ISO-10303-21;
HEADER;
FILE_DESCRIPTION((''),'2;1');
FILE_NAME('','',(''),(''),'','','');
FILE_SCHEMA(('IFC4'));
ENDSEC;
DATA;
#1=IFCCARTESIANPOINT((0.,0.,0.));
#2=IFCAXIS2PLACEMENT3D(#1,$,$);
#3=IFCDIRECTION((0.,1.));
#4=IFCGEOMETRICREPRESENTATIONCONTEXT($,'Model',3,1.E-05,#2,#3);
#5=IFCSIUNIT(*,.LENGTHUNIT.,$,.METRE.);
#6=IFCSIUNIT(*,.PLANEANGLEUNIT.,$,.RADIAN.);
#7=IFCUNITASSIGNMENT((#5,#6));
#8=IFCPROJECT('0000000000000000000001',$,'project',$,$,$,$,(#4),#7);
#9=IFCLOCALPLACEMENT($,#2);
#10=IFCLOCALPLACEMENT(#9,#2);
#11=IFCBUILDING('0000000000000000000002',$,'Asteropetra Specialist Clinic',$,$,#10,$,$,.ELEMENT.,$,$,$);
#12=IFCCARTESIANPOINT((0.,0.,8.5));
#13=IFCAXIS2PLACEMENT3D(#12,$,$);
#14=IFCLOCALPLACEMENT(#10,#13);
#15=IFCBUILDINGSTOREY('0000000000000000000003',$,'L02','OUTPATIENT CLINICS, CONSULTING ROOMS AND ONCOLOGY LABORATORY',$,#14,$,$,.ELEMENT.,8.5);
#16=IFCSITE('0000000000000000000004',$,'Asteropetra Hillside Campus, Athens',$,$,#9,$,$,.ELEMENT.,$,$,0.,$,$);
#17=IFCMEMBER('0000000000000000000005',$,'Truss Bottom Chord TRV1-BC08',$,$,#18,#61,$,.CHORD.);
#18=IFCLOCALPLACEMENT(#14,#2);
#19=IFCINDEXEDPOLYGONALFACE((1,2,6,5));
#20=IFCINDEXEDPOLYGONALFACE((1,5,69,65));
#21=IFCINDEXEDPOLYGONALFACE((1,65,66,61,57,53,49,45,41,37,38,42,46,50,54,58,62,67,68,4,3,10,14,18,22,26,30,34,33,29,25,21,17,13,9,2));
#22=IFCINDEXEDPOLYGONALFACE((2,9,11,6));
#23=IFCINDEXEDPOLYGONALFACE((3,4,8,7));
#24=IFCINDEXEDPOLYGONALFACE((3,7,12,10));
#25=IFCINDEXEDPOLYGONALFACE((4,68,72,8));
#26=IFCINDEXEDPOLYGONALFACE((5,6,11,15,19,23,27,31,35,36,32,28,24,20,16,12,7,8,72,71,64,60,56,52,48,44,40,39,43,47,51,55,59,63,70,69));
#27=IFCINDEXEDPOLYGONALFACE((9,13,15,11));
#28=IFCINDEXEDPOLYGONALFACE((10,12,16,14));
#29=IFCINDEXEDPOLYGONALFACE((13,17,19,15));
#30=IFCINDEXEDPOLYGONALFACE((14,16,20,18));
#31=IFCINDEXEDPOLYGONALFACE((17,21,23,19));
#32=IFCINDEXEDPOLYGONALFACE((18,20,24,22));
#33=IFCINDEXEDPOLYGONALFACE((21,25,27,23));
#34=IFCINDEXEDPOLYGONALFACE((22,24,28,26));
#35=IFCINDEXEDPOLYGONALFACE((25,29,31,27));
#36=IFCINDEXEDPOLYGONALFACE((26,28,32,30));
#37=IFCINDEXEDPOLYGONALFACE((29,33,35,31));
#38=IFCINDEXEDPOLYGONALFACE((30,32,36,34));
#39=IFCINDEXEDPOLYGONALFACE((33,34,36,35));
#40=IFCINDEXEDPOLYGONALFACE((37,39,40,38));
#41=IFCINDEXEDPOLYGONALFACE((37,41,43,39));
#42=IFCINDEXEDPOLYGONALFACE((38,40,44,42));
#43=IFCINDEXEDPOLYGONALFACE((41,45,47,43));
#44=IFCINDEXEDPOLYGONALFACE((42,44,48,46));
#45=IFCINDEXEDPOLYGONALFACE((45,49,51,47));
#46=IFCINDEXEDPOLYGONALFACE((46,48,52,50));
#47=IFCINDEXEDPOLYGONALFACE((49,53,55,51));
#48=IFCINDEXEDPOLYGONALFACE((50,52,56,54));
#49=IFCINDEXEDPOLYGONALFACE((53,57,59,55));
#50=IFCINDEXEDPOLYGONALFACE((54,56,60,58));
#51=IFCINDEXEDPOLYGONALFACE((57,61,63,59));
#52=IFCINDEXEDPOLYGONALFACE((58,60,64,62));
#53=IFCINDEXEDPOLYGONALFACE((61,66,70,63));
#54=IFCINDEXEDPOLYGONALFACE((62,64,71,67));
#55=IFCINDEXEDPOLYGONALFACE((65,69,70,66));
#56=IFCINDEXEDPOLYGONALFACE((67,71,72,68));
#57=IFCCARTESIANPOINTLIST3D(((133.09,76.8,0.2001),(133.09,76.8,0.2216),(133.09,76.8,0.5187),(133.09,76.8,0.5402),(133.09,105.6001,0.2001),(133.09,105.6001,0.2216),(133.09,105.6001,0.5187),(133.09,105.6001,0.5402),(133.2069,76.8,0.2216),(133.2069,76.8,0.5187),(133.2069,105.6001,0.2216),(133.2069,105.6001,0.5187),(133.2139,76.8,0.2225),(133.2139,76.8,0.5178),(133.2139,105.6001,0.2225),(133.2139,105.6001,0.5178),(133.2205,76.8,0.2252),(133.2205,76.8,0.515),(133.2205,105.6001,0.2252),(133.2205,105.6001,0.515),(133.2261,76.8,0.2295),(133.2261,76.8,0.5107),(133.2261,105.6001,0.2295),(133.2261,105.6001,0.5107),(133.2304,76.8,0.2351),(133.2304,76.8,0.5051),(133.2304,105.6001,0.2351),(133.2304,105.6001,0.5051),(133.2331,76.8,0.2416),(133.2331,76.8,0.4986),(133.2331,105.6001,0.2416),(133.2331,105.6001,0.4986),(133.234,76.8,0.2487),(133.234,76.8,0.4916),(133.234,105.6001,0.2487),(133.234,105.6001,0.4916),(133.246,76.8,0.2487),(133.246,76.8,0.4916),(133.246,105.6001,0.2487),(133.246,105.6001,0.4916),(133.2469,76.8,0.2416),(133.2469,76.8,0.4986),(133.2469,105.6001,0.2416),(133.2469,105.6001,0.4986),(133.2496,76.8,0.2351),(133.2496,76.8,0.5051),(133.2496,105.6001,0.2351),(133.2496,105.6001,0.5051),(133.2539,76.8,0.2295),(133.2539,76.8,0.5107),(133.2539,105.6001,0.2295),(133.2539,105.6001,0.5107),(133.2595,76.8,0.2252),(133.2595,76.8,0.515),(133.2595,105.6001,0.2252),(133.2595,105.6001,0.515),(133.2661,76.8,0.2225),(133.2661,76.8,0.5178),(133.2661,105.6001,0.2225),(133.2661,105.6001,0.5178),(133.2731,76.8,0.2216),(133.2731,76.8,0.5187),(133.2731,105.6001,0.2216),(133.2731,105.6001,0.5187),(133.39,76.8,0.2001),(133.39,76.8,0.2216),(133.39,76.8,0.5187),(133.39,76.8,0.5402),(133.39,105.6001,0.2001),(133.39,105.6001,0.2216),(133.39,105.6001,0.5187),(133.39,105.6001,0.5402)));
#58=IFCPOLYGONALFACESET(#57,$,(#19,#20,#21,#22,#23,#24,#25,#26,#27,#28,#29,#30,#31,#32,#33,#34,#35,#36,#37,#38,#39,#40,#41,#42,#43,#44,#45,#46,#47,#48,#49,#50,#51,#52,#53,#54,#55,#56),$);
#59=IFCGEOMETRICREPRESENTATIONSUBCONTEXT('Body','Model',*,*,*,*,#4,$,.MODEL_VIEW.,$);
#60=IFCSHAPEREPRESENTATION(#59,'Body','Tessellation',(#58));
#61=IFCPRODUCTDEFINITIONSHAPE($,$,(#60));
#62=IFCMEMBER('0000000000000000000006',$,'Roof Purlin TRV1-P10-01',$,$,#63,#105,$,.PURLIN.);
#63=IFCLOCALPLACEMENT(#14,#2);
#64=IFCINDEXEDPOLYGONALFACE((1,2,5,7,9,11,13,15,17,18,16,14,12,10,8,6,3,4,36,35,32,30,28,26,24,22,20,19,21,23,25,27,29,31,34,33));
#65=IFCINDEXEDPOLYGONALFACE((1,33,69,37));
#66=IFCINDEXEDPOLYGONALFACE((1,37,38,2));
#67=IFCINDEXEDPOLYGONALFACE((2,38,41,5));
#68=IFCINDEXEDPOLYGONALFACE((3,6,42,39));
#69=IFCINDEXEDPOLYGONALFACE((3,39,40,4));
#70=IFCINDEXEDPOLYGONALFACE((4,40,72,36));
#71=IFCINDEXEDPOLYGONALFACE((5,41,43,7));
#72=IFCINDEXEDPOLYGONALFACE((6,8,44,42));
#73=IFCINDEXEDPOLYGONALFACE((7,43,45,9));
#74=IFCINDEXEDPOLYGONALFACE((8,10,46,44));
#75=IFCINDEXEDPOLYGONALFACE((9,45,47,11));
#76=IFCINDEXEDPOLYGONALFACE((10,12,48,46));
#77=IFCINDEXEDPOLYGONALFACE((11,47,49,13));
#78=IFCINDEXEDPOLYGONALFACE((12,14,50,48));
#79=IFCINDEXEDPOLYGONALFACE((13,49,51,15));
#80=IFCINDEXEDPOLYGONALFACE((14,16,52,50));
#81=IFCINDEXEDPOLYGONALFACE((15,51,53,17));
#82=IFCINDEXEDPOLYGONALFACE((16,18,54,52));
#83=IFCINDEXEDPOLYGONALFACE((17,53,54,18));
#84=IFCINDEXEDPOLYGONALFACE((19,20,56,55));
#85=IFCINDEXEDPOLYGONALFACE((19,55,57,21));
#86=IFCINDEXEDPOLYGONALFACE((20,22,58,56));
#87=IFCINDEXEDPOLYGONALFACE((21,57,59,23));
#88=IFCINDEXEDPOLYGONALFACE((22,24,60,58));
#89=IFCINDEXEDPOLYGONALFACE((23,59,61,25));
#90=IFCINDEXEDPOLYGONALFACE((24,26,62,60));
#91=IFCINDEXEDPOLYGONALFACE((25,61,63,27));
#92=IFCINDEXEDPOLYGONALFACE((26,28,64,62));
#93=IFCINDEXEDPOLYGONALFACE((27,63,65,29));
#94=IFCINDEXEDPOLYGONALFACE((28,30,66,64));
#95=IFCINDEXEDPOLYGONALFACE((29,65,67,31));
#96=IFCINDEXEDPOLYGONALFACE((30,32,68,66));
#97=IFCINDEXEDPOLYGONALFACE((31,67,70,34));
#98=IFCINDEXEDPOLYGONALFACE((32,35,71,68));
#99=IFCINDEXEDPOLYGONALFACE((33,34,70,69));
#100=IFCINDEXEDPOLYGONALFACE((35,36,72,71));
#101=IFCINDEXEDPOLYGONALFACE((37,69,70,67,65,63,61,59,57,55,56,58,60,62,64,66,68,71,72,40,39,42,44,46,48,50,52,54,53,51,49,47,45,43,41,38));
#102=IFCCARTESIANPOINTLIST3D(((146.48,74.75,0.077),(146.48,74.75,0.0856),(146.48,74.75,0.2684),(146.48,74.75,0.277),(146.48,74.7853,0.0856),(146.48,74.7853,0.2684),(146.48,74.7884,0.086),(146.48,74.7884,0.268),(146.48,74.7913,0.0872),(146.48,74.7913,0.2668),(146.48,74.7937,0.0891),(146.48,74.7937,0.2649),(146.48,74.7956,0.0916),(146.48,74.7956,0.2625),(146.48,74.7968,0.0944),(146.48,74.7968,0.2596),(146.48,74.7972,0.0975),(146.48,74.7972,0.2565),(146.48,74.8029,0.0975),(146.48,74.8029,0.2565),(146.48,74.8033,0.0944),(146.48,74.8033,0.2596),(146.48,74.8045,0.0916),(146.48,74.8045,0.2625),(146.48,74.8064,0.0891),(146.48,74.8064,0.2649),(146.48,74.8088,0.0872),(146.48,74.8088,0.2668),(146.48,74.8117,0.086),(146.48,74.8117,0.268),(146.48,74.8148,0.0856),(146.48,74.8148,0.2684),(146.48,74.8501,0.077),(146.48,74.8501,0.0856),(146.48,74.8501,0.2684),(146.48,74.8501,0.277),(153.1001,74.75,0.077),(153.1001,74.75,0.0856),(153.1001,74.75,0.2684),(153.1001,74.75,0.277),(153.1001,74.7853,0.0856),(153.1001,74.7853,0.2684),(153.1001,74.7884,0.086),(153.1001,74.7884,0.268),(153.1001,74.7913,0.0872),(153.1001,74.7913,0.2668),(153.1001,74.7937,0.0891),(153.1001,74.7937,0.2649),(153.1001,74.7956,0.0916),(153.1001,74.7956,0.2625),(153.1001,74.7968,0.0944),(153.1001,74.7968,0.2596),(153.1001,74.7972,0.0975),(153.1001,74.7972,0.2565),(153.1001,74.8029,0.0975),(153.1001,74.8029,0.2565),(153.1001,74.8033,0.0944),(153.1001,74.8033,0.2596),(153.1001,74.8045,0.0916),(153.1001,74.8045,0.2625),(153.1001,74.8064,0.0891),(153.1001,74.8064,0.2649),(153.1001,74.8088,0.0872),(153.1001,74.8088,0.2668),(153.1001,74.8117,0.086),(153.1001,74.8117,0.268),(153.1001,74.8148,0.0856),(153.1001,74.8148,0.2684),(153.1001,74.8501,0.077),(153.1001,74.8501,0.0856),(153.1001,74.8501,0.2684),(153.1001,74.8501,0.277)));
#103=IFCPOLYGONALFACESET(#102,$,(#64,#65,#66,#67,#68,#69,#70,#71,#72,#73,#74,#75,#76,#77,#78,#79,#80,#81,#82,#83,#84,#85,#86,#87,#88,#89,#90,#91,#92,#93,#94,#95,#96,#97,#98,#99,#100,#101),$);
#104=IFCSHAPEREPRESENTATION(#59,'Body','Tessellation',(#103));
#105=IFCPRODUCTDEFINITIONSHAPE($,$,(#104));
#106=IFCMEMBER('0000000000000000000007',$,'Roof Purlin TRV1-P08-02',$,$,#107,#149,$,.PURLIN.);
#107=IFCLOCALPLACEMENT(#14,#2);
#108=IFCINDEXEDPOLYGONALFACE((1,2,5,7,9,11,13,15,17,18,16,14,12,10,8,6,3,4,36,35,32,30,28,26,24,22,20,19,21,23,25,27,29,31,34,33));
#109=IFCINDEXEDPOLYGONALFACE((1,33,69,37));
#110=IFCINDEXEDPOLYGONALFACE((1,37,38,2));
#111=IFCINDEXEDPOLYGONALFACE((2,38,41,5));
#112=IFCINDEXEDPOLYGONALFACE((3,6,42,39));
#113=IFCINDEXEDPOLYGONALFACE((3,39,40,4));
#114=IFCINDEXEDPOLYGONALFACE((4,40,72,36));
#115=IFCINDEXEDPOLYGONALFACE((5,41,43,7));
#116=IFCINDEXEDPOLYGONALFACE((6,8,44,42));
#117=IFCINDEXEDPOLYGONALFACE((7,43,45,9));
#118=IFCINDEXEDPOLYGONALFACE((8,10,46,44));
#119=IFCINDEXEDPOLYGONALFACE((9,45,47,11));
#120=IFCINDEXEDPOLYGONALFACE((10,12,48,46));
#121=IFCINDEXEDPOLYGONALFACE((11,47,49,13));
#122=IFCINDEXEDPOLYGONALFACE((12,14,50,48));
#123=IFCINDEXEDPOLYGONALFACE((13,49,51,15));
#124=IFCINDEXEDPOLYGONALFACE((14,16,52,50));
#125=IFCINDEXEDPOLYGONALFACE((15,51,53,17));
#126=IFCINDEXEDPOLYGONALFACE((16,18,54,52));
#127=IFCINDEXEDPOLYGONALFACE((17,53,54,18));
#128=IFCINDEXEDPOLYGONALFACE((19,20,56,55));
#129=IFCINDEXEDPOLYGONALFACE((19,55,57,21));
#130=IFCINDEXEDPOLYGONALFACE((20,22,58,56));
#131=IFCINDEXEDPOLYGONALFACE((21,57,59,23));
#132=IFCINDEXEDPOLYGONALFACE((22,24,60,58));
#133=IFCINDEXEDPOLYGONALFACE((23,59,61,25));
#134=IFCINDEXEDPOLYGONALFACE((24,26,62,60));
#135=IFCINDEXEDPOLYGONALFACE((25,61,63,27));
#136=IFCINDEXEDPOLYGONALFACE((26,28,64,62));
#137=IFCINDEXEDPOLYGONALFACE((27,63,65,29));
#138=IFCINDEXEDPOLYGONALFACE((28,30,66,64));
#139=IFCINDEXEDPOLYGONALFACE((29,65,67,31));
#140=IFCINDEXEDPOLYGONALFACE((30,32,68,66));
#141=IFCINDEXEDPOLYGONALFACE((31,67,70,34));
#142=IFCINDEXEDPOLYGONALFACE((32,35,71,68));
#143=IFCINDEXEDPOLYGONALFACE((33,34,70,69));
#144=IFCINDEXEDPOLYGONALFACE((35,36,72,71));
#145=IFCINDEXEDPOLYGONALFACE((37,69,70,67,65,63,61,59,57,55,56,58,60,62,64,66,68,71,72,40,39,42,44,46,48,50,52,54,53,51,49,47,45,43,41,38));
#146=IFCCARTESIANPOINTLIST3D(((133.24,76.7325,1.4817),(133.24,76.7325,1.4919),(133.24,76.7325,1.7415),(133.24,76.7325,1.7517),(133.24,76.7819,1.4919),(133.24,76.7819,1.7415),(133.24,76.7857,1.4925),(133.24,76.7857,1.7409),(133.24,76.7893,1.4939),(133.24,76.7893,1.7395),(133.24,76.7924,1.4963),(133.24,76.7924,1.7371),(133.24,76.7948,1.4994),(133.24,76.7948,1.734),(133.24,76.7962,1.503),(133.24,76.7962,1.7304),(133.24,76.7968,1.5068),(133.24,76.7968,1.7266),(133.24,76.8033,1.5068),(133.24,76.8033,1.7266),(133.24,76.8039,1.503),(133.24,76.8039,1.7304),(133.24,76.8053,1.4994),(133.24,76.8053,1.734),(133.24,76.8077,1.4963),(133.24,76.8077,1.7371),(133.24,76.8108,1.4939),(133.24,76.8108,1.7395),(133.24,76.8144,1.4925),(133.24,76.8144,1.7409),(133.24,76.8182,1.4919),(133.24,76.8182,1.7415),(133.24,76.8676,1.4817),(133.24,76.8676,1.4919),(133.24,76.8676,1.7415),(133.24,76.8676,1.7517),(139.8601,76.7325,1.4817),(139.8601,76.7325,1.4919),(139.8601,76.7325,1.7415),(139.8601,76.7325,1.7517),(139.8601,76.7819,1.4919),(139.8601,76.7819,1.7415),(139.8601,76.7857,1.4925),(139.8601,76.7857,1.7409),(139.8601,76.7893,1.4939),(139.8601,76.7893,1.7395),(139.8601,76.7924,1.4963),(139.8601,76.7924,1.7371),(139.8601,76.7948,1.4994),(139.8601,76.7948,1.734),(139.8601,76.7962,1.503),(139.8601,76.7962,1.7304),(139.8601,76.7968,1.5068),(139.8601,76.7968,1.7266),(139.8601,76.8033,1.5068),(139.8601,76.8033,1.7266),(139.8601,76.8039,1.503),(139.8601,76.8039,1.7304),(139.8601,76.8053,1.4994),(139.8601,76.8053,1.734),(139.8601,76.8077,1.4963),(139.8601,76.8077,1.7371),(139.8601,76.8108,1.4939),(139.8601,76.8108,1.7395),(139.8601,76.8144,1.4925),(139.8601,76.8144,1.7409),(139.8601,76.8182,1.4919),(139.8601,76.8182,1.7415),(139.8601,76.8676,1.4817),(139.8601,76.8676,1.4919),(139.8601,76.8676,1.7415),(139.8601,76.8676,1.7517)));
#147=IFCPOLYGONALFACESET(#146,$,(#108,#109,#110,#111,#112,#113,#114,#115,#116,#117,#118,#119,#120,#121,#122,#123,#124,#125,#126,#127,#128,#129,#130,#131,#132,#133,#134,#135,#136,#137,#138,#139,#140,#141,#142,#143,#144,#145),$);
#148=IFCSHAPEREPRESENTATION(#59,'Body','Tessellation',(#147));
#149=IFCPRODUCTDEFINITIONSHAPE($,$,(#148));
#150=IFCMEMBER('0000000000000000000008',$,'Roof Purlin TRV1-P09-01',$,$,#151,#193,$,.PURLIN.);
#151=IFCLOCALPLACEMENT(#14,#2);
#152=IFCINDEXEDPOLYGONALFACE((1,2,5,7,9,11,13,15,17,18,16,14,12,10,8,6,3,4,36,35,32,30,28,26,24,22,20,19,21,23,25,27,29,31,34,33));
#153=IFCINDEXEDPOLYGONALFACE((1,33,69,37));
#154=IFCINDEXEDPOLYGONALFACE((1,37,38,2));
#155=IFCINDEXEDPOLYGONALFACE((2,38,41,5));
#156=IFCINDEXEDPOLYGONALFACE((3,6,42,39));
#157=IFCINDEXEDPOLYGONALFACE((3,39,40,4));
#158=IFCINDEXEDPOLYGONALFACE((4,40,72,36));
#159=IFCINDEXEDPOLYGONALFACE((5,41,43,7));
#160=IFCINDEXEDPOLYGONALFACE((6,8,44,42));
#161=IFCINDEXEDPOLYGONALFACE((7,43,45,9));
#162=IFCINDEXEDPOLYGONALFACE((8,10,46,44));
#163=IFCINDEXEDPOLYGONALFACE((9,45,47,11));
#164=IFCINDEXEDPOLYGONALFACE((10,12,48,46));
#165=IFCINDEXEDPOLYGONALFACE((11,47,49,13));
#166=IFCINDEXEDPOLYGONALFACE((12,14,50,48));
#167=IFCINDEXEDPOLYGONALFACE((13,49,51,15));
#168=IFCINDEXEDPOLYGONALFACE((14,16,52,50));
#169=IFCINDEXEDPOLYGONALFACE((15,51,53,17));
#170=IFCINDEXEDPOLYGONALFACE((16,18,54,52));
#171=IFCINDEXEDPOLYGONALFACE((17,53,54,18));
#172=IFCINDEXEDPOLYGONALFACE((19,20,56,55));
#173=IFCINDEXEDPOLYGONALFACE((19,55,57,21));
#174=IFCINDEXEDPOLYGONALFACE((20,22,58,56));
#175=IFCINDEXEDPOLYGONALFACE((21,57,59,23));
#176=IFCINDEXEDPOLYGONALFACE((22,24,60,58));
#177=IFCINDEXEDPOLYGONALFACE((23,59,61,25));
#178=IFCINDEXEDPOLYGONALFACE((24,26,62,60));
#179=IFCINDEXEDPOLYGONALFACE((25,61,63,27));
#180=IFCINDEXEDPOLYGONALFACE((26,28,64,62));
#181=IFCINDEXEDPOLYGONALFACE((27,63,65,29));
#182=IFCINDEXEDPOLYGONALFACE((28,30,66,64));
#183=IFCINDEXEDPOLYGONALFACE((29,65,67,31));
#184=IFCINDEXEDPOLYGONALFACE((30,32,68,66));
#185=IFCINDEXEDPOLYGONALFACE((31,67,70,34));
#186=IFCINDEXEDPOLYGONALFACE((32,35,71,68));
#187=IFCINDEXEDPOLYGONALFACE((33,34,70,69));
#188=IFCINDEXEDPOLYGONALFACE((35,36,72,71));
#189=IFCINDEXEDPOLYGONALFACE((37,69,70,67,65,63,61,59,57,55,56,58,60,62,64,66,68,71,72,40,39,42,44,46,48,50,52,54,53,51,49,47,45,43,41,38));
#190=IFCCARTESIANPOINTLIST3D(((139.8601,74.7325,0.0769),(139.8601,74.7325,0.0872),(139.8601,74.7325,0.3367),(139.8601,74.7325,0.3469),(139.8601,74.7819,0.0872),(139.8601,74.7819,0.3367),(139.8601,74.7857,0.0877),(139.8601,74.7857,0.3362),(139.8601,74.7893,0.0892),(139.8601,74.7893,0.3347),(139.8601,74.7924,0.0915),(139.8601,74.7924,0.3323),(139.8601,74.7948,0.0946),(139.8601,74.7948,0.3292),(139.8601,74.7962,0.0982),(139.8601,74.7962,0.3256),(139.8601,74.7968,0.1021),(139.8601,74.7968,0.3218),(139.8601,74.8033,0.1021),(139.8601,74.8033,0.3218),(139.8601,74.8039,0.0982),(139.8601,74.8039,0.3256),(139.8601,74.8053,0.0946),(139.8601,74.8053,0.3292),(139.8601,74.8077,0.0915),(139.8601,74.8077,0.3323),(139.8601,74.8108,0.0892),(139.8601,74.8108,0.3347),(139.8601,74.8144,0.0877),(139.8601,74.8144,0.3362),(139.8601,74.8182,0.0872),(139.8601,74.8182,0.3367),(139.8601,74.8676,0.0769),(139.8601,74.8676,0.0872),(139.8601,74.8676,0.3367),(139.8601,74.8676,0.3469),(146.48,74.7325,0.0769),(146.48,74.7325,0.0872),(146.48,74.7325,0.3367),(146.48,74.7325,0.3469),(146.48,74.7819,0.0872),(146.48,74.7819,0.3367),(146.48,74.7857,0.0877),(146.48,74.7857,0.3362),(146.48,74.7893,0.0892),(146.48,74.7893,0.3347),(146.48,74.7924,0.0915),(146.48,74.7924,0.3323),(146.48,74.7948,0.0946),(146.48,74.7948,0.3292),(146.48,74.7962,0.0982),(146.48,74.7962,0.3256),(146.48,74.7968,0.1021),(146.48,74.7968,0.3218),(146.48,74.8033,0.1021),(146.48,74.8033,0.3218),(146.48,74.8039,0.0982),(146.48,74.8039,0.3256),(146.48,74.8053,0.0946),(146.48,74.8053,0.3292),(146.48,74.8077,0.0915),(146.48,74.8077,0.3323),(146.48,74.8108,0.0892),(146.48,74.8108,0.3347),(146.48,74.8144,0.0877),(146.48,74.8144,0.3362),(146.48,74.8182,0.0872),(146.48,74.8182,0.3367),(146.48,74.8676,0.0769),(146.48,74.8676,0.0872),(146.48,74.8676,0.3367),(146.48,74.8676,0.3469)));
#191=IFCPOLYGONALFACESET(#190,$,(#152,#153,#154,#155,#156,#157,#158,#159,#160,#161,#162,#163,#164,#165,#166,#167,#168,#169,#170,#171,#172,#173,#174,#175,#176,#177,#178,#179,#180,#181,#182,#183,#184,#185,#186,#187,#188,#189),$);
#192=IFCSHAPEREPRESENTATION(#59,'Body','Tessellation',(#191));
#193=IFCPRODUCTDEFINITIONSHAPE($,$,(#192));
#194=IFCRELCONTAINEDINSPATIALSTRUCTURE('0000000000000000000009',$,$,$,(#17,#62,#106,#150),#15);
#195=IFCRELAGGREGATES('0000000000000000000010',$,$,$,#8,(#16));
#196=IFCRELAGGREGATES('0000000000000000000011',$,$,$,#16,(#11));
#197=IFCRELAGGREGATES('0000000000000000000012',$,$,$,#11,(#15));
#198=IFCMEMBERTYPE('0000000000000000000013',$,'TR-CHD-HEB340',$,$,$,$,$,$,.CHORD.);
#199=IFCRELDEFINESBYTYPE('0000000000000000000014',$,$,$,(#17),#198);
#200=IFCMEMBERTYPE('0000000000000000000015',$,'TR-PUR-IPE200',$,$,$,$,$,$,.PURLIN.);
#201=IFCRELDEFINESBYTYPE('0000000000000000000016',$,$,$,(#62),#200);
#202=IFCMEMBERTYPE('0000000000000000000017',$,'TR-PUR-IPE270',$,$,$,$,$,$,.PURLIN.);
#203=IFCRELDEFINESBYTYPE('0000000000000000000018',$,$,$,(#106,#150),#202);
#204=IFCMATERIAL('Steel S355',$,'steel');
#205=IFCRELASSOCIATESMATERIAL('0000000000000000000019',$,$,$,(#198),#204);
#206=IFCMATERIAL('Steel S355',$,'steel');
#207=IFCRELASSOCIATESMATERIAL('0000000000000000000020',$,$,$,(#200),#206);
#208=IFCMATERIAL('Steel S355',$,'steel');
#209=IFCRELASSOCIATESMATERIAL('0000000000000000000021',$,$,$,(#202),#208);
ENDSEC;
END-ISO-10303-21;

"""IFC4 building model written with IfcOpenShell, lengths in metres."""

from ifc_helpers import new_model, si_unit, direction, frame, origin, origin_2d, place, context, subcontext, project, spatial, i_section, extrude, material, material_profile, profile_set, type_object, element, save


model = new_model("IFC4")

# Units and contexts
model_context = context("Model", 3, precision=1e-05, world=origin(), true_north=direction((0.0, 1.0)))
body_context = subcontext(model_context, "Body", "Model", "MODEL_VIEW")
ifc_project = project(units=[si_unit("LENGTHUNIT", "METRE"), si_unit("PLANEANGLEUNIT", "RADIAN")], contexts=[model_context])

# Site, building, storey
site_placement = place(None, origin())
site = spatial("IfcSite", under=ifc_project, at=site_placement, Name="Asteropetra Hillside Campus, Athens", CompositionType="ELEMENT", RefElevation=0.0)
building_placement = place(site_placement, origin())
building = spatial("IfcBuilding", under=site, at=building_placement, Name="Asteropetra Specialist Clinic", CompositionType="ELEMENT")
storey_placement = place(building_placement, frame((0.0, 0.0, 8.5)))
storey = spatial("IfcBuildingStorey", under=building, at=storey_placement, Name="L02", Description="OUTPATIENT CLINICS, CONSULTING ROOMS AND ONCOLOGY LABORATORY", CompositionType="ELEMENT", Elevation=8.5)

# Members
ifc_material_1 = material(Name="Steel S355", Category="steel")
ifc_material_profile_1 = material_profile(ifc_material_1, i_section(OverallWidth=0.3, OverallDepth=0.3401, WebThickness=0.012, FlangeThickness=0.0215, FilletRadius=0.0271, at=origin_2d()), Name="HEB 340")
ifc_profile_set_1 = profile_set([ifc_material_profile_1], Name="Steel S355")
member_type_1 = type_object("IfcMemberType", Name="TR-CHD-HEB340", PredefinedType="CHORD", material=ifc_profile_set_1)
member_1_placement = place(storey_placement, frame((133.24, 76.8, 0.3701), z_axis=(0.0, 1.0, 0.0), x_axis=(-1.0, 0.0, 0.0)))
element("IfcMember", 1, at=member_1_placement, inside=storey, type_object=member_type_1, Name="Truss Bottom Chord TRV1-BC08", PredefinedType="CHORD", context=body_context, shape_type="SweptSolid", body=[
    extrude(i_section(OverallWidth=0.3, OverallDepth=0.3401, WebThickness=0.012, FlangeThickness=0.0215, FilletRadius=0.0271, at=origin_2d()), origin(), (0.0, 0.0, 1.0), 28.8),
])
ifc_material_2 = material(Name="Steel S355", Category="steel")
ifc_material_profile_2 = material_profile(ifc_material_2, i_section(OverallWidth=0.1001, OverallDepth=0.2, WebThickness=0.0056, FlangeThickness=0.0085, FilletRadius=0.012, at=origin_2d()), Name="IPE 200")
ifc_profile_set_2 = profile_set([ifc_material_profile_2], Name="Steel S355")
member_type_2 = type_object("IfcMemberType", Name="TR-PUR-IPE200", PredefinedType="PURLIN", material=ifc_profile_set_2)
member_2_placement = place(storey_placement, frame((146.48, 74.8, 0.177), z_axis=(1.0, 0.0, 0.0), x_axis=(0.0, 1.0, 0.0)))
element("IfcMember", 2, at=member_2_placement, inside=storey, type_object=member_type_2, Name="Roof Purlin TRV1-P10-01", PredefinedType="PURLIN", context=body_context, shape_type="SweptSolid", body=[
    extrude(i_section(OverallWidth=0.1001, OverallDepth=0.2, WebThickness=0.0056, FlangeThickness=0.0085, FilletRadius=0.012, at=origin_2d()), origin(), (0.0, 0.0, 1.0), 6.6201),
])
ifc_material_3 = material(Name="Steel S355", Category="steel")
ifc_material_profile_3 = material_profile(ifc_material_3, i_section(OverallWidth=0.135, OverallDepth=0.27, WebThickness=0.0066, FlangeThickness=0.0103, FilletRadius=0.0149, at=origin_2d()), Name="IPE 270")
ifc_profile_set_3 = profile_set([ifc_material_profile_3], Name="Steel S355")
member_type_3 = type_object("IfcMemberType", Name="TR-PUR-IPE270", PredefinedType="PURLIN", material=ifc_profile_set_3)
member_3_placement = place(storey_placement, frame((133.24, 76.8, 1.6167), z_axis=(1.0, 0.0, 0.0), x_axis=(0.0, 1.0, 0.0)))
element("IfcMember", 3, at=member_3_placement, inside=storey, type_object=member_type_3, Name="Roof Purlin TRV1-P08-02", PredefinedType="PURLIN", context=body_context, shape_type="SweptSolid", body=[
    extrude(i_section(OverallWidth=0.135, OverallDepth=0.27, WebThickness=0.0066, FlangeThickness=0.0103, FilletRadius=0.0149, at=origin_2d()), origin(), (0.0, 0.0, 1.0), 6.6201),
])
member_4_placement = place(storey_placement, frame((139.8601, 74.8, 0.2119), z_axis=(1.0, 0.0, 0.0), x_axis=(0.0, 1.0, 0.0)))
element("IfcMember", 4, at=member_4_placement, inside=storey, type_object=member_type_3, Name="Roof Purlin TRV1-P09-01", PredefinedType="PURLIN", context=body_context, shape_type="SweptSolid", body=[
    extrude(i_section(OverallWidth=0.135, OverallDepth=0.27, WebThickness=0.0066, FlangeThickness=0.0103, FilletRadius=0.0149, at=origin_2d()), origin(), (0.0, 0.0, 1.0), 6.6199),
])

save(model, "model.ifc")
